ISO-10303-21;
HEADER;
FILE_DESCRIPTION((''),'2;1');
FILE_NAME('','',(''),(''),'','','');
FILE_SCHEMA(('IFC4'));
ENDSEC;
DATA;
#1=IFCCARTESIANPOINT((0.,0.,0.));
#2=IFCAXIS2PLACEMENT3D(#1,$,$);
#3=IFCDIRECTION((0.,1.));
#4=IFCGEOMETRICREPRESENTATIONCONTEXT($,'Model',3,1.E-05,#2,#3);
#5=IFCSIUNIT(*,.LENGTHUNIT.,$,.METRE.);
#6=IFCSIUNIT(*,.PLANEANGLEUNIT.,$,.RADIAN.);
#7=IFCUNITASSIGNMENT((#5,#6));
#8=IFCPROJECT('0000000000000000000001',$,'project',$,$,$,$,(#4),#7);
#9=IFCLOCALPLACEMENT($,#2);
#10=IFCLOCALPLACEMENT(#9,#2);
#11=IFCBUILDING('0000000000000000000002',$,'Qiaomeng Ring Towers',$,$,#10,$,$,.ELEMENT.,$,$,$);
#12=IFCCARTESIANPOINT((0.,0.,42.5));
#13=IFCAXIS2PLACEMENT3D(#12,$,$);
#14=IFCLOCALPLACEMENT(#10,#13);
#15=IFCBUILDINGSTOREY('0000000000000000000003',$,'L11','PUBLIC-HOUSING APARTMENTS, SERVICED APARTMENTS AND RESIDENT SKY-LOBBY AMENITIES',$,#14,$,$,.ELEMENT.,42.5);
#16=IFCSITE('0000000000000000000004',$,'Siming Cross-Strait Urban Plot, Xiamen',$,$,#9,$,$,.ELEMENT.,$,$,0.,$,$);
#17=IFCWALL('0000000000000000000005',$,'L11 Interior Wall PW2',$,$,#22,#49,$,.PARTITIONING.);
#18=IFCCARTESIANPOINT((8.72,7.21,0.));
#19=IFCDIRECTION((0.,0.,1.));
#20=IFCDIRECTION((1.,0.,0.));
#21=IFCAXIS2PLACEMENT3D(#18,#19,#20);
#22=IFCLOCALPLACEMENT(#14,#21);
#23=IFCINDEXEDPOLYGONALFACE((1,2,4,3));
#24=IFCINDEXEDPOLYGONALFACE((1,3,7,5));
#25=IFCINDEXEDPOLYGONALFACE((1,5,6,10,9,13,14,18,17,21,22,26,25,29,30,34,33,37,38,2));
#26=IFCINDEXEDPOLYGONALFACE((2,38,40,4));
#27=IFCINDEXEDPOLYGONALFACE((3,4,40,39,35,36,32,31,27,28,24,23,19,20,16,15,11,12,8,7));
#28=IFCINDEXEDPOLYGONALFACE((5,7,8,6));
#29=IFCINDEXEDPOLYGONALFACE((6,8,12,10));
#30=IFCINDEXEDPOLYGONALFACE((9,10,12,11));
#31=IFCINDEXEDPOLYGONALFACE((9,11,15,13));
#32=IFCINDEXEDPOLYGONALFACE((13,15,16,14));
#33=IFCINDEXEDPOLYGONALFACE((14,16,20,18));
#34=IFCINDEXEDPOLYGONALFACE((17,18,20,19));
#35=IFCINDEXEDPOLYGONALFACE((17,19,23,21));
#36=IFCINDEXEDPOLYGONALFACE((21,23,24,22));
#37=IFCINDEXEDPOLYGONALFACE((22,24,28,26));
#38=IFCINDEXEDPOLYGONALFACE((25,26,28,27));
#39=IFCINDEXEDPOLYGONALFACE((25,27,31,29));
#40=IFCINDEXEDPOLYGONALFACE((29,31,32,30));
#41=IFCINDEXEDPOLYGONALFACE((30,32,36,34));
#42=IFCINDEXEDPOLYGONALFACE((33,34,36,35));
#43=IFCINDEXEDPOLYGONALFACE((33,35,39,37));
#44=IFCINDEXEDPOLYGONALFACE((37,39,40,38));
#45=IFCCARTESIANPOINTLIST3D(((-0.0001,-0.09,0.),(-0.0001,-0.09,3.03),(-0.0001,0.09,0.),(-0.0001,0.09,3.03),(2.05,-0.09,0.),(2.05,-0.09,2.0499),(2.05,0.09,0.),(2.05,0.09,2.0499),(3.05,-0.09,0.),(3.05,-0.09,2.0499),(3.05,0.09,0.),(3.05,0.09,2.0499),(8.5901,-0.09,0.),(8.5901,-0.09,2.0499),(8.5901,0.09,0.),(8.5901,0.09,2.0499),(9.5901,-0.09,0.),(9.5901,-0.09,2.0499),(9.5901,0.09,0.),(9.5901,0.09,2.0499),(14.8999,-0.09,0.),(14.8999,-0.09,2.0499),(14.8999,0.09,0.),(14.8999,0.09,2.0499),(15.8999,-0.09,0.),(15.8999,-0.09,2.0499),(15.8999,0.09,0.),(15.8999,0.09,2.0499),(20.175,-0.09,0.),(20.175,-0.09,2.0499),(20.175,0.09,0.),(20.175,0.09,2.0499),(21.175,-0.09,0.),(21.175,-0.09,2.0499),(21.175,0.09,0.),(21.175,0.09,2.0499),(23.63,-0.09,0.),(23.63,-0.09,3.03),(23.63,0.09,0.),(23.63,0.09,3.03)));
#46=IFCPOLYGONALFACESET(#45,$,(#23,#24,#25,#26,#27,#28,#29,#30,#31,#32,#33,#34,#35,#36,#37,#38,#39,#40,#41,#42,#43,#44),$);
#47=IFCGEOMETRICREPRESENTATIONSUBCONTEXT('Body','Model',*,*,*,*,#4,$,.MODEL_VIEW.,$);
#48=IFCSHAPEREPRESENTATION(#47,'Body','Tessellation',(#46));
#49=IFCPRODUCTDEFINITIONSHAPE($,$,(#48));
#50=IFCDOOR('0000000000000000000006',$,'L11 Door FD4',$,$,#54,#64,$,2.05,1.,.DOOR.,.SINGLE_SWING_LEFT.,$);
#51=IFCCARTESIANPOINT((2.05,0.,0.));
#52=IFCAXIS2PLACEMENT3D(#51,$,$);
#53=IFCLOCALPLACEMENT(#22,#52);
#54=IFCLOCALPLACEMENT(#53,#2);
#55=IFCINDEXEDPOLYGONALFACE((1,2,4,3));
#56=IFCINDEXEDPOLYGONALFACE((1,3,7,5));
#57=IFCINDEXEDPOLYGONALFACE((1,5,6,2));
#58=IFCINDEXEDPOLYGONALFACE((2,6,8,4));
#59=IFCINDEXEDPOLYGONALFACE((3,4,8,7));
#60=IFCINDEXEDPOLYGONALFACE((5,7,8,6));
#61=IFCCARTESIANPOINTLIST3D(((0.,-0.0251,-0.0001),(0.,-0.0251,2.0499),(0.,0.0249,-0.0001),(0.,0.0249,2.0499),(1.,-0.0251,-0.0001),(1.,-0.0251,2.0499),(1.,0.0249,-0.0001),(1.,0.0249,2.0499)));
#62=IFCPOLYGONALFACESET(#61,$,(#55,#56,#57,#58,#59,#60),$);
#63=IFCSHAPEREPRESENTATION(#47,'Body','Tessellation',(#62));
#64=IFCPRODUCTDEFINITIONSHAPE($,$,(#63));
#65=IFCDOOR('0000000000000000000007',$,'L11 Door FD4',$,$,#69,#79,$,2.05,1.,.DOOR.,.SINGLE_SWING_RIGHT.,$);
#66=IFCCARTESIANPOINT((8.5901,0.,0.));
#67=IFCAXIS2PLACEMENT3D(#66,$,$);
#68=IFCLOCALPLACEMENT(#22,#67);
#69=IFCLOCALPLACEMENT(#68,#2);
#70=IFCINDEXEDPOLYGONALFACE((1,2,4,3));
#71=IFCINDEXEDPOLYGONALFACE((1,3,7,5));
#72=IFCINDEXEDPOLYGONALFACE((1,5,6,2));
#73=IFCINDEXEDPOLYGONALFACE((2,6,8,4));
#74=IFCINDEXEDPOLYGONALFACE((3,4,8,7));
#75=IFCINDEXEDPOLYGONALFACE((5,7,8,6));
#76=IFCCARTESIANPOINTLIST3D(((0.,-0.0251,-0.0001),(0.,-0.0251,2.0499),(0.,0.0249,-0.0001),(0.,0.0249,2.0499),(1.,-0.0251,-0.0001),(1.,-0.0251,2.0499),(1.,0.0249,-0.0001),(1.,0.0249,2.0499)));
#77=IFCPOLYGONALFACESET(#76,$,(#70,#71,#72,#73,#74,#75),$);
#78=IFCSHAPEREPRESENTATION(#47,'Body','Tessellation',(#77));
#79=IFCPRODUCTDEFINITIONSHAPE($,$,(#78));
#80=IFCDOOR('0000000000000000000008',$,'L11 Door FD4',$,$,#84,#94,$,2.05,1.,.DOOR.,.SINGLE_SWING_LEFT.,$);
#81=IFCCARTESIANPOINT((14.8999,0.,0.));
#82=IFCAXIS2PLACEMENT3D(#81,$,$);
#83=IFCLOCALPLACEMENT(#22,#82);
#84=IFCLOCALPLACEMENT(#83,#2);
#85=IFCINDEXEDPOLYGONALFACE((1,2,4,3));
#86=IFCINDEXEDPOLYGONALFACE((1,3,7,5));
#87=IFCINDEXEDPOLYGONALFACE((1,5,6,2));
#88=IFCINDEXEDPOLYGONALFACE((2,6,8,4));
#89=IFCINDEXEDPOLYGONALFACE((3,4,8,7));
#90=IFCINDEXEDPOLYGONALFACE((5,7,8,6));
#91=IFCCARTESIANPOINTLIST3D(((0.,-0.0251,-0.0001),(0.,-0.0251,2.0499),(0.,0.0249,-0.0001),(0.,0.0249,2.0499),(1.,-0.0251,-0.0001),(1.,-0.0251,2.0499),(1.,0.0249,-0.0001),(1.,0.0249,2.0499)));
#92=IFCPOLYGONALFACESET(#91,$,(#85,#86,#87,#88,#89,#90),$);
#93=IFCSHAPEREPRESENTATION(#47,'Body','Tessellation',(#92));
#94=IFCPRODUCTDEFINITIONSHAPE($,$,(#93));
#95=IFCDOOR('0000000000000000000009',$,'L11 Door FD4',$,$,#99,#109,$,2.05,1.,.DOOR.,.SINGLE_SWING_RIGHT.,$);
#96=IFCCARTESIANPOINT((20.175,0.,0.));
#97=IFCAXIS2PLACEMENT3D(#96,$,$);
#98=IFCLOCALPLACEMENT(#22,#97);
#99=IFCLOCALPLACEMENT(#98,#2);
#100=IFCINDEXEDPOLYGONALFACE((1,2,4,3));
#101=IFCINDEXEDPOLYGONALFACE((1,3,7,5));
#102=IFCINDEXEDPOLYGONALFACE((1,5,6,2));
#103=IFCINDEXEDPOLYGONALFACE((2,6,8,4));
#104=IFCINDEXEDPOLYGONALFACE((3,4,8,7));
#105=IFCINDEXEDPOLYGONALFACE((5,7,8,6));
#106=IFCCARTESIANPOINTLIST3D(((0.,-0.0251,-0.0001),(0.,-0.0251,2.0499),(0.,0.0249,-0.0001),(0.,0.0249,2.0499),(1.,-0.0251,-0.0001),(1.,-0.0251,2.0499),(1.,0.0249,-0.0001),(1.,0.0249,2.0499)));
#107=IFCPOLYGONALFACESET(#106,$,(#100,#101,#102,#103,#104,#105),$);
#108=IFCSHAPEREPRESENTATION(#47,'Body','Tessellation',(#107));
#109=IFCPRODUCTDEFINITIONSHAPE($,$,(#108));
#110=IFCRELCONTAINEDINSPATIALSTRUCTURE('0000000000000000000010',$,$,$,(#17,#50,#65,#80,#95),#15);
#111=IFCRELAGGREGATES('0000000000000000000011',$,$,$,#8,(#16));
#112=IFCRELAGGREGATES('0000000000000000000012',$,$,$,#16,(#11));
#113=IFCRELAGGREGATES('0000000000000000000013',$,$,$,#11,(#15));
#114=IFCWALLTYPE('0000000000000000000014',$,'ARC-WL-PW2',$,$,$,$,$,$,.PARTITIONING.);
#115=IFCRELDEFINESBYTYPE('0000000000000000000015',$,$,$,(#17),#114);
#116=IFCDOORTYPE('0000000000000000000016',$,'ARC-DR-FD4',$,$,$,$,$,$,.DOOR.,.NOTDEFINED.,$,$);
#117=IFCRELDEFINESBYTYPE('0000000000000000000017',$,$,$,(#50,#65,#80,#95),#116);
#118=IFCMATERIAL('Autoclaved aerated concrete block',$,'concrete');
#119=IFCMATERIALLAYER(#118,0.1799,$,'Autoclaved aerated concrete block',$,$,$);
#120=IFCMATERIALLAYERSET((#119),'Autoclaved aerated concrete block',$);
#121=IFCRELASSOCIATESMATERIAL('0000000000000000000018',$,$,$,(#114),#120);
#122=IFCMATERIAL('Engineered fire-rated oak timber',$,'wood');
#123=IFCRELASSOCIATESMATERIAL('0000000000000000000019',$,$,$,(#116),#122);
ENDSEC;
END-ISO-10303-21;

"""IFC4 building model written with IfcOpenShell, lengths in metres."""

from ifc_helpers import new_model, si_unit, direction, frame, frame_2d, origin, place, context, subcontext, project, spatial, rectangle, extrude, source, transform, mapped, material, layer, layer_set, type_object, element, fill, save


model = new_model("IFC4")

# Units and contexts
model_context = context("Model", 3, precision=1e-05, world=origin(), true_north=direction((0.0, 1.0)))
body_context = subcontext(model_context, "Body", "Model", "MODEL_VIEW")
ifc_project = project(units=[si_unit("LENGTHUNIT", "METRE"), si_unit("PLANEANGLEUNIT", "RADIAN")], contexts=[model_context])

# Site, building, storey
site_placement = place(None, origin())
site = spatial("IfcSite", under=ifc_project, at=site_placement, Name="Siming Cross-Strait Urban Plot, Xiamen", CompositionType="ELEMENT", RefElevation=0.0)
building_placement = place(site_placement, origin())
building = spatial("IfcBuilding", under=site, at=building_placement, Name="Qiaomeng Ring Towers", CompositionType="ELEMENT")
storey_placement = place(building_placement, frame((0.0, 0.0, 42.5)))
storey = spatial("IfcBuildingStorey", under=building, at=storey_placement, Name="L11", Description="PUBLIC-HOUSING APARTMENTS, SERVICED APARTMENTS AND RESIDENT SKY-LOBBY AMENITIES", CompositionType="ELEMENT", Elevation=42.5)

# Wall, openings, doors
ifc_material_1 = material(Name="Autoclaved aerated concrete block", Category="concrete")
ifc_layer_1 = layer(ifc_material_1, 0.1799, Name="Autoclaved aerated concrete block")
ifc_layer_set_1 = layer_set([ifc_layer_1], Name="Autoclaved aerated concrete block")
wall_type_1 = type_object("IfcWallType", Name="ARC-WL-PW2", PredefinedType="PARTITIONING", material=ifc_layer_set_1)
wall_1_placement = place(storey_placement, frame((8.72, 7.21, 0.0), z_axis=(0.0, 0.0, 1.0), x_axis=(1.0, 0.0, 0.0)))
wall_1 = element("IfcWall", 1, at=wall_1_placement, inside=storey, type_object=wall_type_1, Name="L11 Interior Wall PW2", PredefinedType="PARTITIONING", context=body_context, shape_type="SweptSolid", body=[
    extrude(rectangle(XDim=23.6301, YDim=0.1799, at=frame_2d((11.8149, 0.0))), origin(), (0.0, 0.0, 1.0), 3.03),
])
opening_1_placement = place(wall_1_placement, frame((2.05, 0.0, 0.0)))
opening_1 = element("IfcOpeningElement", 2, at=opening_1_placement, cuts=wall_1, PredefinedType="OPENING", context=body_context, shape_type="SweptSolid", body=[
    extrude(rectangle(XDim=1.0, YDim=2.05, at=frame_2d((0.5, 1.0249))), frame((0.0, 0.0999, 0.0), z_axis=(0.0, -1.0, 0.0), x_axis=(1.0, 0.0, 0.0)), (0.0, 0.0, 1.0), 0.2),
])
opening_2_placement = place(wall_1_placement, frame((8.5901, 0.0, 0.0)))
opening_2 = element("IfcOpeningElement", 3, at=opening_2_placement, cuts=wall_1, PredefinedType="OPENING", context=body_context, shape_type="SweptSolid", body=[
    extrude(rectangle(XDim=1.0, YDim=2.05, at=frame_2d((0.5, 1.0249))), frame((0.0, 0.0999, 0.0), z_axis=(0.0, -1.0, 0.0), x_axis=(1.0, 0.0, 0.0)), (0.0, 0.0, 1.0), 0.2),
])
opening_3_placement = place(wall_1_placement, frame((14.8999, 0.0, 0.0)))
opening_3 = element("IfcOpeningElement", 4, at=opening_3_placement, cuts=wall_1, PredefinedType="OPENING", context=body_context, shape_type="SweptSolid", body=[
    extrude(rectangle(XDim=1.0, YDim=2.05, at=frame_2d((0.5, 1.0249))), frame((0.0, 0.0999, 0.0), z_axis=(0.0, -1.0, 0.0), x_axis=(1.0, 0.0, 0.0)), (0.0, 0.0, 1.0), 0.2),
])
opening_4_placement = place(wall_1_placement, frame((20.175, 0.0, 0.0)))
opening_4 = element("IfcOpeningElement", 5, at=opening_4_placement, cuts=wall_1, PredefinedType="OPENING", context=body_context, shape_type="SweptSolid", body=[
    extrude(rectangle(XDim=1.0, YDim=2.05, at=frame_2d((0.5, 1.0249))), frame((0.0, 0.0999, 0.0), z_axis=(0.0, -1.0, 0.0), x_axis=(1.0, 0.0, 0.0)), (0.0, 0.0, 1.0), 0.2),
])
ifc_material_2 = material(Name="Engineered fire-rated oak timber", Category="wood")
door_type_1 = type_object("IfcDoorType", Name="ARC-DR-FD4", OperationType="NOTDEFINED", PredefinedType="DOOR", material=ifc_material_2)
shared_shape_1 = source(origin(), body_context, "Body", "SweptSolid", [
    extrude(rectangle(XDim=1.0, YDim=2.05, at=frame_2d((0.5, 1.0249))), frame((0.0, 0.0249, 0.0), z_axis=(0.0, -1.0, 0.0), x_axis=(1.0, 0.0, 0.0)), (0.0, 0.0, 1.0), 0.05),
])
door_1_placement = place(opening_1_placement, origin())
door_1 = element("IfcDoor", 6, at=door_1_placement, inside=storey, type_object=door_type_1, Name="L11 Door FD4", OperationType="SINGLE_SWING_LEFT", OverallHeight=2.05, OverallWidth=1.0, PredefinedType="DOOR", context=body_context, shape_type="MappedRepresentation", body=[
    mapped(shared_shape_1, transform((0.0, 0.0, 0.0), x_axis=(1.0, 0.0, 0.0), y_axis=(0.0, 1.0, 0.0), z_axis=(0.0, 0.0, 1.0), scale=1.0)),
])
fill(opening_1, door_1)
door_2_placement = place(opening_2_placement, origin())
door_2 = element("IfcDoor", 7, at=door_2_placement, inside=storey, type_object=door_type_1, Name="L11 Door FD4", OperationType="SINGLE_SWING_RIGHT", OverallHeight=2.05, OverallWidth=1.0, PredefinedType="DOOR", context=body_context, shape_type="MappedRepresentation", body=[
    mapped(shared_shape_1, transform((0.0, 0.0, 0.0), x_axis=(1.0, 0.0, 0.0), y_axis=(0.0, 1.0, 0.0), z_axis=(0.0, 0.0, 1.0), scale=1.0)),
])
fill(opening_2, door_2)
door_3_placement = place(opening_3_placement, origin())
door_3 = element("IfcDoor", 8, at=door_3_placement, inside=storey, type_object=door_type_1, Name="L11 Door FD4", OperationType="SINGLE_SWING_LEFT", OverallHeight=2.05, OverallWidth=1.0, PredefinedType="DOOR", context=body_context, shape_type="MappedRepresentation", body=[
    mapped(shared_shape_1, transform((0.0, 0.0, 0.0), x_axis=(1.0, 0.0, 0.0), y_axis=(0.0, 1.0, 0.0), z_axis=(0.0, 0.0, 1.0), scale=1.0)),
])
fill(opening_3, door_3)
door_4_placement = place(opening_4_placement, origin())
door_4 = element("IfcDoor", 9, at=door_4_placement, inside=storey, type_object=door_type_1, Name="L11 Door FD4", OperationType="SINGLE_SWING_RIGHT", OverallHeight=2.05, OverallWidth=1.0, PredefinedType="DOOR", context=body_context, shape_type="MappedRepresentation", body=[
    mapped(shared_shape_1, transform((0.0, 0.0, 0.0), x_axis=(1.0, 0.0, 0.0), y_axis=(0.0, 1.0, 0.0), z_axis=(0.0, 0.0, 1.0), scale=1.0)),
])
fill(opening_4, door_4)

save(model, "model.ifc")
